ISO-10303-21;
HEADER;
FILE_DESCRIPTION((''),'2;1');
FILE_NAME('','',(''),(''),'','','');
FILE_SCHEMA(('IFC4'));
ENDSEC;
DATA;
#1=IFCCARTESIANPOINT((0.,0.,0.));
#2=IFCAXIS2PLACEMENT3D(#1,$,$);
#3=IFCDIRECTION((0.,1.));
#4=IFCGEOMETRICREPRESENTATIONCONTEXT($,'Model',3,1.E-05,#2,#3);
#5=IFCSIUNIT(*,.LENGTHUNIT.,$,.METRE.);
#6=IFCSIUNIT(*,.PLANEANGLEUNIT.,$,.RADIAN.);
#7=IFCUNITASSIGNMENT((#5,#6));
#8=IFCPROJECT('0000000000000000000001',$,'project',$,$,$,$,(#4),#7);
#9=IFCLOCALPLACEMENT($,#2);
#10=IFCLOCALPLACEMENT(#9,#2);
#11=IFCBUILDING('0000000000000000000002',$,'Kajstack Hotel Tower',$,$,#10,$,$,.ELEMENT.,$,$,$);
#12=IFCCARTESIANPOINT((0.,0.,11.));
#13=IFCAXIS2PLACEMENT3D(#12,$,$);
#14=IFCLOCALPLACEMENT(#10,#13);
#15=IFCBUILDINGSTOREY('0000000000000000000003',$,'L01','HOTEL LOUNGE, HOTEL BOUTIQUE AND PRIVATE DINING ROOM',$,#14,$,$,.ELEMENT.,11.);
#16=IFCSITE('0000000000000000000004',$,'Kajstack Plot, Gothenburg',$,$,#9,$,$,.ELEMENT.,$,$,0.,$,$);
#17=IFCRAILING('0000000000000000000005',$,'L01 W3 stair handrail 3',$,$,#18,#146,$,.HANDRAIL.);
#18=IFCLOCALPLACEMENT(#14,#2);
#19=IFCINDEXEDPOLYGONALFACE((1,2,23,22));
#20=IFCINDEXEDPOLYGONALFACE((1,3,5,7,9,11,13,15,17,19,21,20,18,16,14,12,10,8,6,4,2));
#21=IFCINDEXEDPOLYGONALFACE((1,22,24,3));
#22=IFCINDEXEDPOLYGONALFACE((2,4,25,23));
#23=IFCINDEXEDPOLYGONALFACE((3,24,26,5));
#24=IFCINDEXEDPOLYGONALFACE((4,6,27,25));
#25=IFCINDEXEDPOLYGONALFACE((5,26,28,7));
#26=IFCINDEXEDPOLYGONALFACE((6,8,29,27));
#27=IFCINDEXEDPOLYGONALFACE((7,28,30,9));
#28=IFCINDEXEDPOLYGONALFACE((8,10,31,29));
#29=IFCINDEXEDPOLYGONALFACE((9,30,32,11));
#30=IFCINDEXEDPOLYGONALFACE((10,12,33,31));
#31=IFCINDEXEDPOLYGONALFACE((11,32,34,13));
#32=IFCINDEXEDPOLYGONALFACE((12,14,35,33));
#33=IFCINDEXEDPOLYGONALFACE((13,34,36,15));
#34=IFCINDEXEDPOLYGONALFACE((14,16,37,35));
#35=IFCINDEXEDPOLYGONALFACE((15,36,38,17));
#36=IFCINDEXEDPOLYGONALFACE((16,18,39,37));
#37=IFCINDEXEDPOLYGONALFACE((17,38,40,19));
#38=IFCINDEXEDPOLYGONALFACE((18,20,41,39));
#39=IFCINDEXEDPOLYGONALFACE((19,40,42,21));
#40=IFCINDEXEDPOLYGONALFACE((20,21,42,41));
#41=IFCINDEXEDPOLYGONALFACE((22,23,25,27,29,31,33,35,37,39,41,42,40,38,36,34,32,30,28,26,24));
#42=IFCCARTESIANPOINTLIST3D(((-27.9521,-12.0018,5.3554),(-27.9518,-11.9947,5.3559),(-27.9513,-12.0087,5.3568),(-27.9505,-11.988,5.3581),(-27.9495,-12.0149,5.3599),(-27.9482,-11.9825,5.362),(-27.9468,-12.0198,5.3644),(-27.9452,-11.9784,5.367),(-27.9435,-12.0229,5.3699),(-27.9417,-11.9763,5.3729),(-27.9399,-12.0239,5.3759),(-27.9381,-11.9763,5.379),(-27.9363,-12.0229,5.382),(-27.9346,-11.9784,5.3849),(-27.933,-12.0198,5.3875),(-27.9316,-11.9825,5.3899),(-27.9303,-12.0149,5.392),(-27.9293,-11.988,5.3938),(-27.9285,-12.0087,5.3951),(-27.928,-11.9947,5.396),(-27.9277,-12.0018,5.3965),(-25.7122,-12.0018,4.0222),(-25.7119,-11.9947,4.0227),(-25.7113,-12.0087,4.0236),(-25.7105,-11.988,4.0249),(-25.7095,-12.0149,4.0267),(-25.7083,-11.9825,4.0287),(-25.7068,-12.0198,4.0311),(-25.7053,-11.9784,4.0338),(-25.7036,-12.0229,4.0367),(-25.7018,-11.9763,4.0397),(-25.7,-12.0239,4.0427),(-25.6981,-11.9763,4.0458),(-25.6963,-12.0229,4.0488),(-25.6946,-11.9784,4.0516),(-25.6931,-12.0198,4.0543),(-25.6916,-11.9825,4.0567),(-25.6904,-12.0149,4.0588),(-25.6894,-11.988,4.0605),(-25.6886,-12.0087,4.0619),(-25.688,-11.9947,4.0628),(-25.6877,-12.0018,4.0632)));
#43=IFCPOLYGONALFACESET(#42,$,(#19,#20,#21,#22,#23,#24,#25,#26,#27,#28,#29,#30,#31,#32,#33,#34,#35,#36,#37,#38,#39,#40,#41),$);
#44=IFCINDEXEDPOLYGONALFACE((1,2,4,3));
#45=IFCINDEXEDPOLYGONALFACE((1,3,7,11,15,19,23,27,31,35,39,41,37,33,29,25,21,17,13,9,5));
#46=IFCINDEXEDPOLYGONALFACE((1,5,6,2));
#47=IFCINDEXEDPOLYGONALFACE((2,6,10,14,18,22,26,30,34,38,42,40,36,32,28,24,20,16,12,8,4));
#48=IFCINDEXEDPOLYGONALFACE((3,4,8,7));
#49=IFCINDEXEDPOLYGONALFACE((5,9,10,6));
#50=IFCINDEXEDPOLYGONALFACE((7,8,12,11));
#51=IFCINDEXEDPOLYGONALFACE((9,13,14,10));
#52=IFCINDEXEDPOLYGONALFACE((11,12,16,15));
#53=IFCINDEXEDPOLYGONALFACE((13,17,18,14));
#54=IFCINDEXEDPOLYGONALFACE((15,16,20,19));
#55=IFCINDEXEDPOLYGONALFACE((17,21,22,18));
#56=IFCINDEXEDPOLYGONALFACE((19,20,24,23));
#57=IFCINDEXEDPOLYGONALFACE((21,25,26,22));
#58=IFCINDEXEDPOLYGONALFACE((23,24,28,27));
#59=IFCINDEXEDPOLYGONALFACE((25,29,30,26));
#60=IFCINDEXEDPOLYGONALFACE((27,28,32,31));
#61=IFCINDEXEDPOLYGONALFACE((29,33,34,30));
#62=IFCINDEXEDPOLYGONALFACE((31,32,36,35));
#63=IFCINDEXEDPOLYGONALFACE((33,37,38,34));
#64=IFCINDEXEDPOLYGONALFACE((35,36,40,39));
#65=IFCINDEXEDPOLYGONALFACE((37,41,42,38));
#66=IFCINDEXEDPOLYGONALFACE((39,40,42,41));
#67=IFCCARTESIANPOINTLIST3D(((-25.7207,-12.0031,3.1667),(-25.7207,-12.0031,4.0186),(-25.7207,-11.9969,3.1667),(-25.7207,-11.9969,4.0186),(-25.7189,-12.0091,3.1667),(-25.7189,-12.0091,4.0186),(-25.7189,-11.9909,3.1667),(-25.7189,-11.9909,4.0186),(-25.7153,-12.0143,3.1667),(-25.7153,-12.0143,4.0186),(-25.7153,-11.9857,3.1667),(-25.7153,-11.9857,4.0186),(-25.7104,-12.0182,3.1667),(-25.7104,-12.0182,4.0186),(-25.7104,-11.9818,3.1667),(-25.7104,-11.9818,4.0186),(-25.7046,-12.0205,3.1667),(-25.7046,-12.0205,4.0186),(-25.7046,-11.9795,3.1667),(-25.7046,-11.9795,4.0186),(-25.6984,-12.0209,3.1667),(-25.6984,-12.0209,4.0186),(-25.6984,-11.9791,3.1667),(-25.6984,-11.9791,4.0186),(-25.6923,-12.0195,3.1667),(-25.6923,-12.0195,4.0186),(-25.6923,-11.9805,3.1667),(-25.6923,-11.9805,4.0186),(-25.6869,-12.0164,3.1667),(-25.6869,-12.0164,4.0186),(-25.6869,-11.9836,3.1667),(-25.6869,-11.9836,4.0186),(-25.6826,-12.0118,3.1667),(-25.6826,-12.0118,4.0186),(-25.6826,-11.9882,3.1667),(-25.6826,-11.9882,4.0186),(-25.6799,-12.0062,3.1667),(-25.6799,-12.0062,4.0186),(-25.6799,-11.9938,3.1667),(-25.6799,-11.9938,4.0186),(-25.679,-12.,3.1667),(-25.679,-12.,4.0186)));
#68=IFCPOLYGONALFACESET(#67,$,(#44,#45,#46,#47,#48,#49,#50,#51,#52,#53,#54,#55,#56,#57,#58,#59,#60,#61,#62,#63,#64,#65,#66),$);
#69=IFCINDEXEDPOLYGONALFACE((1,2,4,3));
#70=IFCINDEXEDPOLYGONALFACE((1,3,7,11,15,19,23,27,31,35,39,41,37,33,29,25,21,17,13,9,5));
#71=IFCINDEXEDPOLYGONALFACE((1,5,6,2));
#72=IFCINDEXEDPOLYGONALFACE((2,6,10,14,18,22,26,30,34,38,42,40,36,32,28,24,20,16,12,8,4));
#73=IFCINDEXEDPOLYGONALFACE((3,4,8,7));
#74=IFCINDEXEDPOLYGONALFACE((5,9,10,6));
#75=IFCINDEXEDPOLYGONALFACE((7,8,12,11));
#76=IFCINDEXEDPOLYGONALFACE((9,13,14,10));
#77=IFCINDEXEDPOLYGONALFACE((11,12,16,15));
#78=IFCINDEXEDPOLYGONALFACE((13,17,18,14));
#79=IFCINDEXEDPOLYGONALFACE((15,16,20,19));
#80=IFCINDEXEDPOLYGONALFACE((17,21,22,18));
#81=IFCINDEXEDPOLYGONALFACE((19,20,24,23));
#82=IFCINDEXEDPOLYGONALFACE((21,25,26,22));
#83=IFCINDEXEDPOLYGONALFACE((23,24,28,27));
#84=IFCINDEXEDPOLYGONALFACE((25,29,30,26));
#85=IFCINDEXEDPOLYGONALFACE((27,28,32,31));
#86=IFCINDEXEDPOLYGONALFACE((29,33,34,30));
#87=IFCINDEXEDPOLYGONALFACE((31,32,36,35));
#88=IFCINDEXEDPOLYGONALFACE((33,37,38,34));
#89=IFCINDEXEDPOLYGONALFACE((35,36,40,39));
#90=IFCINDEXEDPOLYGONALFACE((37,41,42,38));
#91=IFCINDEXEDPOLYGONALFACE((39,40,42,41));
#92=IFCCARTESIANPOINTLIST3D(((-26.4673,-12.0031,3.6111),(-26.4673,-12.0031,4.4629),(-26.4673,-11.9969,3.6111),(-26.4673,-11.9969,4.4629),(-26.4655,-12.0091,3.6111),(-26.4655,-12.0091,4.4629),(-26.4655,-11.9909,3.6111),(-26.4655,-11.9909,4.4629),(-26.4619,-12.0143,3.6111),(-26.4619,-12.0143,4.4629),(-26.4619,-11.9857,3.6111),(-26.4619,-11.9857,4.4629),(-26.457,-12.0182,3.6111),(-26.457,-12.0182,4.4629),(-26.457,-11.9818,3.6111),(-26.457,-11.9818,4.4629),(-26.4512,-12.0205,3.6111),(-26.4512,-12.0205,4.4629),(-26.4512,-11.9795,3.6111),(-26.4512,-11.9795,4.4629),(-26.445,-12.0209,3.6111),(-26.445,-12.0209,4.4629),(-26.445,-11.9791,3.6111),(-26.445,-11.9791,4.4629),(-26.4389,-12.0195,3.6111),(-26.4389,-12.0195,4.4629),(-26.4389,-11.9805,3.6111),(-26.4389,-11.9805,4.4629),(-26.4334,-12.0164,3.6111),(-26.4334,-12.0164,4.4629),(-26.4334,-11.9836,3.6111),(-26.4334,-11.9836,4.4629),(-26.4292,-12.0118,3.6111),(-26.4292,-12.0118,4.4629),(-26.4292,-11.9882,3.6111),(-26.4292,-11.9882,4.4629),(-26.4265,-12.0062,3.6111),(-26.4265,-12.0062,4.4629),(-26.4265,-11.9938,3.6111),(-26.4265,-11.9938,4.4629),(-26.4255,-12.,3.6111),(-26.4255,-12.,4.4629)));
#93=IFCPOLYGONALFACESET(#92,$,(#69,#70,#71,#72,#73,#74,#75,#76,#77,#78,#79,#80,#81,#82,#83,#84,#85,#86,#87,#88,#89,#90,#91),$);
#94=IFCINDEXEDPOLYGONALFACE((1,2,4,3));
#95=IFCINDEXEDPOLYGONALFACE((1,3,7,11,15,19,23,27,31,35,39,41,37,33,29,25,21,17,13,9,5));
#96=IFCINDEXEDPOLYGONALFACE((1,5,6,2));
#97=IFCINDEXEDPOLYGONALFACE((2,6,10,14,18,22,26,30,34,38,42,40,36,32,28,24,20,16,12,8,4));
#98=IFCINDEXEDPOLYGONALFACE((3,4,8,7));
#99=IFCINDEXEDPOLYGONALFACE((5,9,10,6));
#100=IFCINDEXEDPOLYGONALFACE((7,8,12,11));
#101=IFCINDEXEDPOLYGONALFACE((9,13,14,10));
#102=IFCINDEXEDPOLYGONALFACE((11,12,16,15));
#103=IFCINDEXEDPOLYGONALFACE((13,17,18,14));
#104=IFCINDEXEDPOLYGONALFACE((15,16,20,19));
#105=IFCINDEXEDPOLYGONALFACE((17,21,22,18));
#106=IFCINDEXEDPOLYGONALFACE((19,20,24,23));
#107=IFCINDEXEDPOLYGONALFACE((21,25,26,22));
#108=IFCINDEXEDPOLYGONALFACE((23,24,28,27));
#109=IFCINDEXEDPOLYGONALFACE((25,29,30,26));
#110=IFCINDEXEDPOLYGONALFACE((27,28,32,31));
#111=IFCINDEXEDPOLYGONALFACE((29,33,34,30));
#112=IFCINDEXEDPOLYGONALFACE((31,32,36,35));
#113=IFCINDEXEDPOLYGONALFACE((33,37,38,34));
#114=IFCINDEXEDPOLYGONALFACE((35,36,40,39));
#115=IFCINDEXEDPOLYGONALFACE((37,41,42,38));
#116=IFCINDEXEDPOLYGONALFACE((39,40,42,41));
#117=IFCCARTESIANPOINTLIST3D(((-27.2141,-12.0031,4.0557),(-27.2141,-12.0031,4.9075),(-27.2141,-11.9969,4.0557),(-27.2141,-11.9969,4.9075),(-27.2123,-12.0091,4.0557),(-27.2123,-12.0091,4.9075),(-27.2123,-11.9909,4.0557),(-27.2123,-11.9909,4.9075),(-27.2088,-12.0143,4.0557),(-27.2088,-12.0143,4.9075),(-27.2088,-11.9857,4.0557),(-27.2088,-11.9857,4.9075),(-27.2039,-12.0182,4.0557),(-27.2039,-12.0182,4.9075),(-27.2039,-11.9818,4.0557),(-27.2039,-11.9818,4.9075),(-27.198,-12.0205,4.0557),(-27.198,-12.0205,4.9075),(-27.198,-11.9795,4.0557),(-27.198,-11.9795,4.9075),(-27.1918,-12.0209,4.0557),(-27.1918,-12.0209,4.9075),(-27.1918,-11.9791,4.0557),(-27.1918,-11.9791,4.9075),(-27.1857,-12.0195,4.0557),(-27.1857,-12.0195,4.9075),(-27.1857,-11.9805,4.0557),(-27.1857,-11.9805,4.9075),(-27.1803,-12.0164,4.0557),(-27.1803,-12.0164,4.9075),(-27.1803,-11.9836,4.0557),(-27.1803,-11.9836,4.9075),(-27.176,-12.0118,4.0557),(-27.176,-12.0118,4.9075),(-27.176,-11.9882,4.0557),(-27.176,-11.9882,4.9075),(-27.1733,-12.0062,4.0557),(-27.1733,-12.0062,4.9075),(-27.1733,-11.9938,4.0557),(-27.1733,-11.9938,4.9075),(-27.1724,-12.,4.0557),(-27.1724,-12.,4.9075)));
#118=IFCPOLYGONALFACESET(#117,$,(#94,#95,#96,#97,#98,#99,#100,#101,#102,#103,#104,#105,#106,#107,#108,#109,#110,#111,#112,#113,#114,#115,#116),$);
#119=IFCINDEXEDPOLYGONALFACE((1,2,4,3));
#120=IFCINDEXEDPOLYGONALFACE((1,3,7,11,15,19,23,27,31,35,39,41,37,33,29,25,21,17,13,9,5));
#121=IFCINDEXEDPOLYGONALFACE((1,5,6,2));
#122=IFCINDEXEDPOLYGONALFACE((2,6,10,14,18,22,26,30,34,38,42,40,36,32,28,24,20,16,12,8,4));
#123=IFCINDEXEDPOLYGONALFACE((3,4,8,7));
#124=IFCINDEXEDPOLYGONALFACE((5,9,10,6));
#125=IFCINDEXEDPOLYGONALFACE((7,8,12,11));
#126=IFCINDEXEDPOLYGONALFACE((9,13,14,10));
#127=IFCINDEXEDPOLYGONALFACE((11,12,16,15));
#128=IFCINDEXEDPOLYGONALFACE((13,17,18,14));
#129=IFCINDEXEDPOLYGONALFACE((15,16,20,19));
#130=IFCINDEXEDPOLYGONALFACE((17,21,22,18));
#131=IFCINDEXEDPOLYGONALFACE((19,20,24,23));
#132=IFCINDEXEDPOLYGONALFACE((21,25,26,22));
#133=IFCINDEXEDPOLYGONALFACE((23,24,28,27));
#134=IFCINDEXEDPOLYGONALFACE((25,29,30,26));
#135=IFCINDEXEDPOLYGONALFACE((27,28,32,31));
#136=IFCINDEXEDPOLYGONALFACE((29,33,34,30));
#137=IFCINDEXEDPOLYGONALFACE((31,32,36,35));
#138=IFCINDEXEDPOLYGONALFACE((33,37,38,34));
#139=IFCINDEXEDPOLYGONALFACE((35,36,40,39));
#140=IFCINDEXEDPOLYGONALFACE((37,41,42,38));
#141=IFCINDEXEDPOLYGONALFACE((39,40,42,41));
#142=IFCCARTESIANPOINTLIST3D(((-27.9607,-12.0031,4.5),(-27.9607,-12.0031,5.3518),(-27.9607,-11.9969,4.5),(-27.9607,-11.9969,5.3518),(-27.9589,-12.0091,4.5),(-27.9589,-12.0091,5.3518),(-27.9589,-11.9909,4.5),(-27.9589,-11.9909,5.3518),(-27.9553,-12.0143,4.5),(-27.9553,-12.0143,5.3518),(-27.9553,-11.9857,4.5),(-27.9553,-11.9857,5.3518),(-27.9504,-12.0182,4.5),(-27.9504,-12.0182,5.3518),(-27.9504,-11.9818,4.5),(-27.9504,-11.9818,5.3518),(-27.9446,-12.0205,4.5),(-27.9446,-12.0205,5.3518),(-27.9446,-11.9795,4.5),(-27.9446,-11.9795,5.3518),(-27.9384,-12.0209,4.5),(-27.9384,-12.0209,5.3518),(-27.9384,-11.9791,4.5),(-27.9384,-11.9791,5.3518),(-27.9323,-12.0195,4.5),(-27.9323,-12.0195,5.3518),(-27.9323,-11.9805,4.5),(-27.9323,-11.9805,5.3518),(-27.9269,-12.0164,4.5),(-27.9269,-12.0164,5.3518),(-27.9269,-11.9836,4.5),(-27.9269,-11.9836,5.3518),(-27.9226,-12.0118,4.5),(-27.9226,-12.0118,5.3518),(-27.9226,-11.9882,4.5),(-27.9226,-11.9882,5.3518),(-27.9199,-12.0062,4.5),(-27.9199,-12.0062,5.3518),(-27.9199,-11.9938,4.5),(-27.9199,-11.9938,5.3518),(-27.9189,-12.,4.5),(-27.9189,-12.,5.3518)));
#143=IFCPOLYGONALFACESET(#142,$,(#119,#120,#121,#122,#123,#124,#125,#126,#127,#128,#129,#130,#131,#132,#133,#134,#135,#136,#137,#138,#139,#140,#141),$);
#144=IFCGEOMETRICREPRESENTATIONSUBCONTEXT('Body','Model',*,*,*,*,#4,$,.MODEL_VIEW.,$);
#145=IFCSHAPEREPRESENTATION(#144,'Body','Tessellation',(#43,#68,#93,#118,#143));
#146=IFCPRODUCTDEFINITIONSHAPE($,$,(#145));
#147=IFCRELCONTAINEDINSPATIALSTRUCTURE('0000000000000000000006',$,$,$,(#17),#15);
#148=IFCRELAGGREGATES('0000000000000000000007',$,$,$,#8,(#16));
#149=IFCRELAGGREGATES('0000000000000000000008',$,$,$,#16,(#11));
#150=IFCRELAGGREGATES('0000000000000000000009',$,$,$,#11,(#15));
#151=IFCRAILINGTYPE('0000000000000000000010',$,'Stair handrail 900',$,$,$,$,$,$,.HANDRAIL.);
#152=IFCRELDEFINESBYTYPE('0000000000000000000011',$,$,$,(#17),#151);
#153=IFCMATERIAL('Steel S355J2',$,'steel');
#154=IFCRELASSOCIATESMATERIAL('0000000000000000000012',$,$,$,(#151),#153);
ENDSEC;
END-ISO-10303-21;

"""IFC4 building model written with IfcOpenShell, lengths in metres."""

from ifc_helpers import new_model, si_unit, direction, frame, origin, origin_2d, place, context, subcontext, project, spatial, circle, extrude, material, type_object, element, save


model = new_model("IFC4")

# Units and contexts
model_context = context("Model", 3, precision=1e-05, world=origin(), true_north=direction((0.0, 1.0)))
body_context = subcontext(model_context, "Body", "Model", "MODEL_VIEW")
ifc_project = project(units=[si_unit("LENGTHUNIT", "METRE"), si_unit("PLANEANGLEUNIT", "RADIAN")], contexts=[model_context])

# Site, building, storey
site_placement = place(None, origin())
site = spatial("IfcSite", under=ifc_project, at=site_placement, Name="Kajstack Plot, Gothenburg", CompositionType="ELEMENT", RefElevation=0.0)
building_placement = place(site_placement, origin())
building = spatial("IfcBuilding", under=site, at=building_placement, Name="Kajstack Hotel Tower", CompositionType="ELEMENT")
storey_placement = place(building_placement, frame((0.0, 0.0, 11.0)))
storey = spatial("IfcBuildingStorey", under=building, at=storey_placement, Name="L01", Description="HOTEL LOUNGE, HOTEL BOUTIQUE AND PRIVATE DINING ROOM", CompositionType="ELEMENT", Elevation=11.0)

# Railing
ifc_material_1 = material(Name="Steel S355J2", Category="steel")
railing_type_1 = type_object("IfcRailingType", Name="Stair handrail 900", PredefinedType="HANDRAIL", material=ifc_material_1)
railing_1_placement = place(storey_placement, frame((-25.7, -12.0, 3.1667)))
element("IfcRailing", 1, at=railing_1_placement, inside=storey, type_object=railing_type_1, Name="L01 W3 stair handrail 3", PredefinedType="HANDRAIL", context=body_context, shape_type="SweptSolid", body=[
    extrude(circle(Radius=0.0239, at=origin_2d()), frame((0.0, 0.0, 0.876), z_axis=(-0.859306, 0.0, 0.511462), x_axis=(0.0, -1.0, 0.0)), (0.0, 0.0, 1.0), 2.6067),
    extrude(circle(Radius=0.021, at=origin_2d()), origin(), (0.0, 0.0, 1.0), 0.8518),
    extrude(circle(Radius=0.021, at=origin_2d()), frame((-0.7466, 0.0, 0.4443)), (0.0, 0.0, 1.0), 0.8518),
    extrude(circle(Radius=0.021, at=origin_2d()), frame((-1.4934, 0.0, 0.8889)), (0.0, 0.0, 1.0), 0.8518),
    extrude(circle(Radius=0.021, at=origin_2d()), frame((-2.24, 0.0, 1.3333)), (0.0, 0.0, 1.0), 0.8518),
])

save(model, "model.ifc")
